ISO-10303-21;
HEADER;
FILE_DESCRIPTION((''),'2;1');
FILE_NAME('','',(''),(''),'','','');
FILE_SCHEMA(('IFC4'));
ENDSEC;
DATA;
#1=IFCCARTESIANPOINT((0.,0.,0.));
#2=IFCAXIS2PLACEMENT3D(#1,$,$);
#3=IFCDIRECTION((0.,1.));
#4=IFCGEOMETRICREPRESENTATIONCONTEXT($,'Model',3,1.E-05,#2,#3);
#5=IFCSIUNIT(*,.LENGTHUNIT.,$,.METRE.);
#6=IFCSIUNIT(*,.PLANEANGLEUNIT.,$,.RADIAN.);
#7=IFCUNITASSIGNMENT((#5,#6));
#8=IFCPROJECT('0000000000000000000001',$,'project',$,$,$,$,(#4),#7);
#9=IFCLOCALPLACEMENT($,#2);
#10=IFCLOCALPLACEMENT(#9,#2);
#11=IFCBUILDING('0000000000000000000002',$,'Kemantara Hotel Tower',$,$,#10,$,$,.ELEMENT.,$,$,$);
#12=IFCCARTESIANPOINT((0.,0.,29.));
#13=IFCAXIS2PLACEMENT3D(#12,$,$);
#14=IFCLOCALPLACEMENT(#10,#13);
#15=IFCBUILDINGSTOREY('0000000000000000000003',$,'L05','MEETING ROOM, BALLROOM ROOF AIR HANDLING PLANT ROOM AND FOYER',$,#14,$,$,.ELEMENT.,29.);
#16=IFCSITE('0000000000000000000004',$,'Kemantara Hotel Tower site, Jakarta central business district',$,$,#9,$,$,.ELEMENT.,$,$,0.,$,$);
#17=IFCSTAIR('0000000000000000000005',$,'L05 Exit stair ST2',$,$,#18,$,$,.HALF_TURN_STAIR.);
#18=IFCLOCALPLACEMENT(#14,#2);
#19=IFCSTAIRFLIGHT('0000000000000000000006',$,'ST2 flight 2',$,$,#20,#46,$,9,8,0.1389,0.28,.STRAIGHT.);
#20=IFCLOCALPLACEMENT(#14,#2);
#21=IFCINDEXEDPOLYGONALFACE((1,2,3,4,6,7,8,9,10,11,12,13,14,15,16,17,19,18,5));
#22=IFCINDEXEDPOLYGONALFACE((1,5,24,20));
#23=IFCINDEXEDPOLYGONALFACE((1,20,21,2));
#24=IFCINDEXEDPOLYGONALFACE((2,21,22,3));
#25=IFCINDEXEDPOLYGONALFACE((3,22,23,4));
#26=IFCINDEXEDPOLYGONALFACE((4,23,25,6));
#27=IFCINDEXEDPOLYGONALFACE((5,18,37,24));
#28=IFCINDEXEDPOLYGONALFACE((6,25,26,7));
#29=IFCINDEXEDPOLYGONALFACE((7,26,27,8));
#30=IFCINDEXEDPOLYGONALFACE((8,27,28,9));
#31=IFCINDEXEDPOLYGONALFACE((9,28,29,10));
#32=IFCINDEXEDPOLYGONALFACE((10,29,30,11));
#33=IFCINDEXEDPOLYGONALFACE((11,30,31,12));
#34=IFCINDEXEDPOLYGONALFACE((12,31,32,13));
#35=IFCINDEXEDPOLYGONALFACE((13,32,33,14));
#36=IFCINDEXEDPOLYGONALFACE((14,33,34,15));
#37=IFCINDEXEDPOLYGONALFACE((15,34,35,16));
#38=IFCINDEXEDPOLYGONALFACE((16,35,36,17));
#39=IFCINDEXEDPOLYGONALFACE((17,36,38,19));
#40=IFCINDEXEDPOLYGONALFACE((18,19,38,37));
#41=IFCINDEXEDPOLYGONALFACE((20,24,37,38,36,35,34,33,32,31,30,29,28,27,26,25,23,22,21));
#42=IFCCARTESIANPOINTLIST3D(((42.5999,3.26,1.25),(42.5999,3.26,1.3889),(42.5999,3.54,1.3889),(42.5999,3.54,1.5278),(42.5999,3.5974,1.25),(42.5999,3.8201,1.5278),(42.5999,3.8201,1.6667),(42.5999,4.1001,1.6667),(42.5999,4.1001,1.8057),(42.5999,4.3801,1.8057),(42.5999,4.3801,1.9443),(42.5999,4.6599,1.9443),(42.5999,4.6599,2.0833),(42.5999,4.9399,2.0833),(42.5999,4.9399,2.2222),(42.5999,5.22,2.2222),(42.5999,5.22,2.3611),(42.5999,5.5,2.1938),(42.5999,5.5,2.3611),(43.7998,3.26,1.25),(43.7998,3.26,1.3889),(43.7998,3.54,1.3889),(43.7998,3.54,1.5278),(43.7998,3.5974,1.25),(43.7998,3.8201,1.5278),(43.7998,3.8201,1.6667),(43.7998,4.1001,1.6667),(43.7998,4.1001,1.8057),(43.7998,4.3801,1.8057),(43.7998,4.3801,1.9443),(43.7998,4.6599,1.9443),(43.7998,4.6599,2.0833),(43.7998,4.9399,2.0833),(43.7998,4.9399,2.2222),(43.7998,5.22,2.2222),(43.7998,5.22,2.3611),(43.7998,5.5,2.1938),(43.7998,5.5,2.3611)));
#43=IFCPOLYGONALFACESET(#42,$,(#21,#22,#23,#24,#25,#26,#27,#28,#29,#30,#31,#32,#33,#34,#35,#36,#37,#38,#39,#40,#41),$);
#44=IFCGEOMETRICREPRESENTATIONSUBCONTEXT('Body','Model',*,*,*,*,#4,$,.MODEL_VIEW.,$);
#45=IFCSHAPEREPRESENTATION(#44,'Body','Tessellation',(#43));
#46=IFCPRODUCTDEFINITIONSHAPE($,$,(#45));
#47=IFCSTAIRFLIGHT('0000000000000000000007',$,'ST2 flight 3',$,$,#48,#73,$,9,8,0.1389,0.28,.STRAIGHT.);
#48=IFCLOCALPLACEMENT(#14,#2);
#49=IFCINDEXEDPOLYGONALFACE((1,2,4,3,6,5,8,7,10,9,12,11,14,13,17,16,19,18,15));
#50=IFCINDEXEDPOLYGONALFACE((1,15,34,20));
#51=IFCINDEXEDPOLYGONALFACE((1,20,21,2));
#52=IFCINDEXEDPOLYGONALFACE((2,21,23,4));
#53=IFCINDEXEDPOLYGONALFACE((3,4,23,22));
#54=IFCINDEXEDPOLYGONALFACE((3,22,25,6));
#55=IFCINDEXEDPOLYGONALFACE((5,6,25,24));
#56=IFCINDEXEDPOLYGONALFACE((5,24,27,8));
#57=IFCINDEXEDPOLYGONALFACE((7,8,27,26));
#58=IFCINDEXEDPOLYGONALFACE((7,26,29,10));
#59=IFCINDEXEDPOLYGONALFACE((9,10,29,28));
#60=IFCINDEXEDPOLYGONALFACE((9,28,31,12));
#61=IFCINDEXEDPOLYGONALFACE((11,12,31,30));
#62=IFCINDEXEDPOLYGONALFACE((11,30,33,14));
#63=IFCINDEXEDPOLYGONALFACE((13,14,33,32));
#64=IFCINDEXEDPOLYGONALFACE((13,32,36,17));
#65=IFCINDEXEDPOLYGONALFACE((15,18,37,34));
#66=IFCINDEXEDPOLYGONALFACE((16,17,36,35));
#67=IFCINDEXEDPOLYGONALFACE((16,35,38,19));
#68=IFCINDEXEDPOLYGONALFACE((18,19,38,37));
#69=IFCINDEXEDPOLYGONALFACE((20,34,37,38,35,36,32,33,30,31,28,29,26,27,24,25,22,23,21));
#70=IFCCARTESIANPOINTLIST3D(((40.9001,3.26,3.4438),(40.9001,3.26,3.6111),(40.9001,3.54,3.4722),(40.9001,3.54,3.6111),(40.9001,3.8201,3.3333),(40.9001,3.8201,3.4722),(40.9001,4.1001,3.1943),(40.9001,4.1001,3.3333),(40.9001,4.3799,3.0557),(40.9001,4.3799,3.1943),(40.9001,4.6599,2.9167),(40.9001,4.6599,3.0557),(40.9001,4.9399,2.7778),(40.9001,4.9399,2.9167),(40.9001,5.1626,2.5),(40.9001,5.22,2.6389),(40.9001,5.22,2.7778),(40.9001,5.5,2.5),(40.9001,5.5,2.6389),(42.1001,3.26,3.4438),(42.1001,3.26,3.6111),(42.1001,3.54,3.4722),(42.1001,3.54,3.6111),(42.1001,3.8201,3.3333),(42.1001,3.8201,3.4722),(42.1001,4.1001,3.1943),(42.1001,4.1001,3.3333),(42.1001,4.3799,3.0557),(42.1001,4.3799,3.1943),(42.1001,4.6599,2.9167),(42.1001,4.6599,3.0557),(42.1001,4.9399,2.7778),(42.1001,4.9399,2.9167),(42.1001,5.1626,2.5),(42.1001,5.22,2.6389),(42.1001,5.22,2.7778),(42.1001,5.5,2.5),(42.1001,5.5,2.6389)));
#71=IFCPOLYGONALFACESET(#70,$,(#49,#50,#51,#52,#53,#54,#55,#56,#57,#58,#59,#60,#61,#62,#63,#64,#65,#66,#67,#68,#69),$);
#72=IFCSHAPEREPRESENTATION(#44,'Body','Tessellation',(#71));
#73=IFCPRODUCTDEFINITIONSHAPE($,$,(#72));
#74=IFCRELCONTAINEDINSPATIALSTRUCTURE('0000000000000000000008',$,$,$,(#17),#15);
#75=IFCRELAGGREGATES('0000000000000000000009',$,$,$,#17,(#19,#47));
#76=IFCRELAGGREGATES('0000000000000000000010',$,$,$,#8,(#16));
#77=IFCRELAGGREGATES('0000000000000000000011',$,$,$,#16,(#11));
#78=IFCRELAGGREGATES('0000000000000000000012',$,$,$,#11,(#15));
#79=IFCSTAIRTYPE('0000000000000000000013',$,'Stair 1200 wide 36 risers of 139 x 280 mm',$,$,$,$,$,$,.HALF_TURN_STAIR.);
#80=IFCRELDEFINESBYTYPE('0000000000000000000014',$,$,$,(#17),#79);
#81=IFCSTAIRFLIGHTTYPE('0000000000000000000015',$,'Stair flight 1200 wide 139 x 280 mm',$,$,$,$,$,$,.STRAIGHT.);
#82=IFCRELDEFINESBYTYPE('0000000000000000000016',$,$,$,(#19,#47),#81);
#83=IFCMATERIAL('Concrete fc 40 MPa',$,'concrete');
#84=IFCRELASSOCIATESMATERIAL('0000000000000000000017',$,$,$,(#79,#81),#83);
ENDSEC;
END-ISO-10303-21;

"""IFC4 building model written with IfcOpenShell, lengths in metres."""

from ifc_helpers import new_model, si_unit, direction, frame, origin, place, context, subcontext, project, spatial, polyline, outline, extrude, material, type_object, element, aggregate, save


model = new_model("IFC4")

# Units and contexts
model_context = context("Model", 3, precision=1e-05, world=origin(), true_north=direction((0.0, 1.0)))
body_context = subcontext(model_context, "Body", "Model", "MODEL_VIEW")
ifc_project = project(units=[si_unit("LENGTHUNIT", "METRE"), si_unit("PLANEANGLEUNIT", "RADIAN")], contexts=[model_context])

# Site, building, storey
site_placement = place(None, origin())
site = spatial("IfcSite", under=ifc_project, at=site_placement, Name="Kemantara Hotel Tower site, Jakarta central business district", CompositionType="ELEMENT", RefElevation=0.0)
building_placement = place(site_placement, origin())
building = spatial("IfcBuilding", under=site, at=building_placement, Name="Kemantara Hotel Tower", CompositionType="ELEMENT")
storey_placement = place(building_placement, frame((0.0, 0.0, 29.0)))
storey = spatial("IfcBuildingStorey", under=building, at=storey_placement, Name="L05", Description="MEETING ROOM, BALLROOM ROOF AIR HANDLING PLANT ROOM AND FOYER", CompositionType="ELEMENT", Elevation=29.0)

# Shared definitions
ifc_material_1 = material(Name="Concrete fc 40 MPa", Category="concrete")

# Stair, stair flights
stair_type = type_object("IfcStairType", Name="Stair 1200 wide 36 risers of 139 x 280 mm", PredefinedType="HALF_TURN_STAIR", material=ifc_material_1)
stair_placement = place(storey_placement, origin())
stair = element("IfcStair", 1, at=stair_placement, inside=storey, type_object=stair_type, Name="L05 Exit stair ST2", PredefinedType="HALF_TURN_STAIR")
stair_flight_type = type_object("IfcStairFlightType", Name="Stair flight 1200 wide 139 x 280 mm", PredefinedType="STRAIGHT", material=ifc_material_1)
stair_flight_1_placement = place(storey_placement, frame((43.2, 3.26, 1.25), z_axis=(0.0, 0.0, 1.0), x_axis=(0.0, 1.0, 0.0)))
stair_flight_1 = element("IfcStairFlight", 2, at=stair_flight_1_placement, type_object=stair_flight_type, Name="ST2 flight 2", NumberOfRisers=9, NumberOfTreads=8, PredefinedType="STRAIGHT", RiserHeight=0.1389, TreadLength=0.28, context=body_context, shape_type="SweptSolid", body=[
    extrude(outline(polyline([(0.0, 0.0), (0.0, 0.1389), (0.28, 0.1389), (0.28, 0.2778), (0.5601, 0.2778), (0.5601, 0.4167), (0.8401, 0.4167), (0.8401, 0.5557), (1.1201, 0.5557), (1.1201, 0.6943), (1.3999, 0.6943), (1.3999, 0.8333), (1.6799, 0.8333), (1.6799, 0.9722), (1.96, 0.9722), (1.96, 1.1111), (2.24, 1.1111), (2.24, 1.25), (2.24, 0.9438), (0.3374, 0.0), (0.0, 0.0)])), frame((0.0, 0.6001, 0.0), z_axis=(0.0, -1.0, 0.0), x_axis=(1.0, 0.0, 0.0)), (0.0, 0.0, 1.0), 1.2),
])
stair_flight_2_placement = place(storey_placement, frame((41.5, 5.5, 2.5), z_axis=(0.0, 0.0, 1.0), x_axis=(0.0, -1.0, 0.0)))
stair_flight_2 = element("IfcStairFlight", 3, at=stair_flight_2_placement, type_object=stair_flight_type, Name="ST2 flight 3", NumberOfRisers=9, NumberOfTreads=8, PredefinedType="STRAIGHT", RiserHeight=0.1389, TreadLength=0.28, context=body_context, shape_type="SweptSolid", body=[
    extrude(outline(polyline([(0.0, 0.0), (0.0, 0.1389), (0.28, 0.1389), (0.28, 0.2778), (0.5601, 0.2778), (0.5601, 0.4167), (0.8401, 0.4167), (0.8401, 0.5557), (1.1201, 0.5557), (1.1201, 0.6943), (1.3999, 0.6943), (1.3999, 0.8333), (1.6799, 0.8333), (1.6799, 0.9722), (1.96, 0.9722), (1.96, 1.1111), (2.24, 1.1111), (2.24, 1.25), (2.24, 0.9438), (0.3374, 0.0), (0.0, 0.0)])), frame((0.0, 0.6001, 0.0), z_axis=(0.0, -1.0, 0.0), x_axis=(1.0, 0.0, 0.0)), (0.0, 0.0, 1.0), 1.2),
])
aggregate(stair, [stair_flight_1, stair_flight_2])

save(model, "model.ifc")
